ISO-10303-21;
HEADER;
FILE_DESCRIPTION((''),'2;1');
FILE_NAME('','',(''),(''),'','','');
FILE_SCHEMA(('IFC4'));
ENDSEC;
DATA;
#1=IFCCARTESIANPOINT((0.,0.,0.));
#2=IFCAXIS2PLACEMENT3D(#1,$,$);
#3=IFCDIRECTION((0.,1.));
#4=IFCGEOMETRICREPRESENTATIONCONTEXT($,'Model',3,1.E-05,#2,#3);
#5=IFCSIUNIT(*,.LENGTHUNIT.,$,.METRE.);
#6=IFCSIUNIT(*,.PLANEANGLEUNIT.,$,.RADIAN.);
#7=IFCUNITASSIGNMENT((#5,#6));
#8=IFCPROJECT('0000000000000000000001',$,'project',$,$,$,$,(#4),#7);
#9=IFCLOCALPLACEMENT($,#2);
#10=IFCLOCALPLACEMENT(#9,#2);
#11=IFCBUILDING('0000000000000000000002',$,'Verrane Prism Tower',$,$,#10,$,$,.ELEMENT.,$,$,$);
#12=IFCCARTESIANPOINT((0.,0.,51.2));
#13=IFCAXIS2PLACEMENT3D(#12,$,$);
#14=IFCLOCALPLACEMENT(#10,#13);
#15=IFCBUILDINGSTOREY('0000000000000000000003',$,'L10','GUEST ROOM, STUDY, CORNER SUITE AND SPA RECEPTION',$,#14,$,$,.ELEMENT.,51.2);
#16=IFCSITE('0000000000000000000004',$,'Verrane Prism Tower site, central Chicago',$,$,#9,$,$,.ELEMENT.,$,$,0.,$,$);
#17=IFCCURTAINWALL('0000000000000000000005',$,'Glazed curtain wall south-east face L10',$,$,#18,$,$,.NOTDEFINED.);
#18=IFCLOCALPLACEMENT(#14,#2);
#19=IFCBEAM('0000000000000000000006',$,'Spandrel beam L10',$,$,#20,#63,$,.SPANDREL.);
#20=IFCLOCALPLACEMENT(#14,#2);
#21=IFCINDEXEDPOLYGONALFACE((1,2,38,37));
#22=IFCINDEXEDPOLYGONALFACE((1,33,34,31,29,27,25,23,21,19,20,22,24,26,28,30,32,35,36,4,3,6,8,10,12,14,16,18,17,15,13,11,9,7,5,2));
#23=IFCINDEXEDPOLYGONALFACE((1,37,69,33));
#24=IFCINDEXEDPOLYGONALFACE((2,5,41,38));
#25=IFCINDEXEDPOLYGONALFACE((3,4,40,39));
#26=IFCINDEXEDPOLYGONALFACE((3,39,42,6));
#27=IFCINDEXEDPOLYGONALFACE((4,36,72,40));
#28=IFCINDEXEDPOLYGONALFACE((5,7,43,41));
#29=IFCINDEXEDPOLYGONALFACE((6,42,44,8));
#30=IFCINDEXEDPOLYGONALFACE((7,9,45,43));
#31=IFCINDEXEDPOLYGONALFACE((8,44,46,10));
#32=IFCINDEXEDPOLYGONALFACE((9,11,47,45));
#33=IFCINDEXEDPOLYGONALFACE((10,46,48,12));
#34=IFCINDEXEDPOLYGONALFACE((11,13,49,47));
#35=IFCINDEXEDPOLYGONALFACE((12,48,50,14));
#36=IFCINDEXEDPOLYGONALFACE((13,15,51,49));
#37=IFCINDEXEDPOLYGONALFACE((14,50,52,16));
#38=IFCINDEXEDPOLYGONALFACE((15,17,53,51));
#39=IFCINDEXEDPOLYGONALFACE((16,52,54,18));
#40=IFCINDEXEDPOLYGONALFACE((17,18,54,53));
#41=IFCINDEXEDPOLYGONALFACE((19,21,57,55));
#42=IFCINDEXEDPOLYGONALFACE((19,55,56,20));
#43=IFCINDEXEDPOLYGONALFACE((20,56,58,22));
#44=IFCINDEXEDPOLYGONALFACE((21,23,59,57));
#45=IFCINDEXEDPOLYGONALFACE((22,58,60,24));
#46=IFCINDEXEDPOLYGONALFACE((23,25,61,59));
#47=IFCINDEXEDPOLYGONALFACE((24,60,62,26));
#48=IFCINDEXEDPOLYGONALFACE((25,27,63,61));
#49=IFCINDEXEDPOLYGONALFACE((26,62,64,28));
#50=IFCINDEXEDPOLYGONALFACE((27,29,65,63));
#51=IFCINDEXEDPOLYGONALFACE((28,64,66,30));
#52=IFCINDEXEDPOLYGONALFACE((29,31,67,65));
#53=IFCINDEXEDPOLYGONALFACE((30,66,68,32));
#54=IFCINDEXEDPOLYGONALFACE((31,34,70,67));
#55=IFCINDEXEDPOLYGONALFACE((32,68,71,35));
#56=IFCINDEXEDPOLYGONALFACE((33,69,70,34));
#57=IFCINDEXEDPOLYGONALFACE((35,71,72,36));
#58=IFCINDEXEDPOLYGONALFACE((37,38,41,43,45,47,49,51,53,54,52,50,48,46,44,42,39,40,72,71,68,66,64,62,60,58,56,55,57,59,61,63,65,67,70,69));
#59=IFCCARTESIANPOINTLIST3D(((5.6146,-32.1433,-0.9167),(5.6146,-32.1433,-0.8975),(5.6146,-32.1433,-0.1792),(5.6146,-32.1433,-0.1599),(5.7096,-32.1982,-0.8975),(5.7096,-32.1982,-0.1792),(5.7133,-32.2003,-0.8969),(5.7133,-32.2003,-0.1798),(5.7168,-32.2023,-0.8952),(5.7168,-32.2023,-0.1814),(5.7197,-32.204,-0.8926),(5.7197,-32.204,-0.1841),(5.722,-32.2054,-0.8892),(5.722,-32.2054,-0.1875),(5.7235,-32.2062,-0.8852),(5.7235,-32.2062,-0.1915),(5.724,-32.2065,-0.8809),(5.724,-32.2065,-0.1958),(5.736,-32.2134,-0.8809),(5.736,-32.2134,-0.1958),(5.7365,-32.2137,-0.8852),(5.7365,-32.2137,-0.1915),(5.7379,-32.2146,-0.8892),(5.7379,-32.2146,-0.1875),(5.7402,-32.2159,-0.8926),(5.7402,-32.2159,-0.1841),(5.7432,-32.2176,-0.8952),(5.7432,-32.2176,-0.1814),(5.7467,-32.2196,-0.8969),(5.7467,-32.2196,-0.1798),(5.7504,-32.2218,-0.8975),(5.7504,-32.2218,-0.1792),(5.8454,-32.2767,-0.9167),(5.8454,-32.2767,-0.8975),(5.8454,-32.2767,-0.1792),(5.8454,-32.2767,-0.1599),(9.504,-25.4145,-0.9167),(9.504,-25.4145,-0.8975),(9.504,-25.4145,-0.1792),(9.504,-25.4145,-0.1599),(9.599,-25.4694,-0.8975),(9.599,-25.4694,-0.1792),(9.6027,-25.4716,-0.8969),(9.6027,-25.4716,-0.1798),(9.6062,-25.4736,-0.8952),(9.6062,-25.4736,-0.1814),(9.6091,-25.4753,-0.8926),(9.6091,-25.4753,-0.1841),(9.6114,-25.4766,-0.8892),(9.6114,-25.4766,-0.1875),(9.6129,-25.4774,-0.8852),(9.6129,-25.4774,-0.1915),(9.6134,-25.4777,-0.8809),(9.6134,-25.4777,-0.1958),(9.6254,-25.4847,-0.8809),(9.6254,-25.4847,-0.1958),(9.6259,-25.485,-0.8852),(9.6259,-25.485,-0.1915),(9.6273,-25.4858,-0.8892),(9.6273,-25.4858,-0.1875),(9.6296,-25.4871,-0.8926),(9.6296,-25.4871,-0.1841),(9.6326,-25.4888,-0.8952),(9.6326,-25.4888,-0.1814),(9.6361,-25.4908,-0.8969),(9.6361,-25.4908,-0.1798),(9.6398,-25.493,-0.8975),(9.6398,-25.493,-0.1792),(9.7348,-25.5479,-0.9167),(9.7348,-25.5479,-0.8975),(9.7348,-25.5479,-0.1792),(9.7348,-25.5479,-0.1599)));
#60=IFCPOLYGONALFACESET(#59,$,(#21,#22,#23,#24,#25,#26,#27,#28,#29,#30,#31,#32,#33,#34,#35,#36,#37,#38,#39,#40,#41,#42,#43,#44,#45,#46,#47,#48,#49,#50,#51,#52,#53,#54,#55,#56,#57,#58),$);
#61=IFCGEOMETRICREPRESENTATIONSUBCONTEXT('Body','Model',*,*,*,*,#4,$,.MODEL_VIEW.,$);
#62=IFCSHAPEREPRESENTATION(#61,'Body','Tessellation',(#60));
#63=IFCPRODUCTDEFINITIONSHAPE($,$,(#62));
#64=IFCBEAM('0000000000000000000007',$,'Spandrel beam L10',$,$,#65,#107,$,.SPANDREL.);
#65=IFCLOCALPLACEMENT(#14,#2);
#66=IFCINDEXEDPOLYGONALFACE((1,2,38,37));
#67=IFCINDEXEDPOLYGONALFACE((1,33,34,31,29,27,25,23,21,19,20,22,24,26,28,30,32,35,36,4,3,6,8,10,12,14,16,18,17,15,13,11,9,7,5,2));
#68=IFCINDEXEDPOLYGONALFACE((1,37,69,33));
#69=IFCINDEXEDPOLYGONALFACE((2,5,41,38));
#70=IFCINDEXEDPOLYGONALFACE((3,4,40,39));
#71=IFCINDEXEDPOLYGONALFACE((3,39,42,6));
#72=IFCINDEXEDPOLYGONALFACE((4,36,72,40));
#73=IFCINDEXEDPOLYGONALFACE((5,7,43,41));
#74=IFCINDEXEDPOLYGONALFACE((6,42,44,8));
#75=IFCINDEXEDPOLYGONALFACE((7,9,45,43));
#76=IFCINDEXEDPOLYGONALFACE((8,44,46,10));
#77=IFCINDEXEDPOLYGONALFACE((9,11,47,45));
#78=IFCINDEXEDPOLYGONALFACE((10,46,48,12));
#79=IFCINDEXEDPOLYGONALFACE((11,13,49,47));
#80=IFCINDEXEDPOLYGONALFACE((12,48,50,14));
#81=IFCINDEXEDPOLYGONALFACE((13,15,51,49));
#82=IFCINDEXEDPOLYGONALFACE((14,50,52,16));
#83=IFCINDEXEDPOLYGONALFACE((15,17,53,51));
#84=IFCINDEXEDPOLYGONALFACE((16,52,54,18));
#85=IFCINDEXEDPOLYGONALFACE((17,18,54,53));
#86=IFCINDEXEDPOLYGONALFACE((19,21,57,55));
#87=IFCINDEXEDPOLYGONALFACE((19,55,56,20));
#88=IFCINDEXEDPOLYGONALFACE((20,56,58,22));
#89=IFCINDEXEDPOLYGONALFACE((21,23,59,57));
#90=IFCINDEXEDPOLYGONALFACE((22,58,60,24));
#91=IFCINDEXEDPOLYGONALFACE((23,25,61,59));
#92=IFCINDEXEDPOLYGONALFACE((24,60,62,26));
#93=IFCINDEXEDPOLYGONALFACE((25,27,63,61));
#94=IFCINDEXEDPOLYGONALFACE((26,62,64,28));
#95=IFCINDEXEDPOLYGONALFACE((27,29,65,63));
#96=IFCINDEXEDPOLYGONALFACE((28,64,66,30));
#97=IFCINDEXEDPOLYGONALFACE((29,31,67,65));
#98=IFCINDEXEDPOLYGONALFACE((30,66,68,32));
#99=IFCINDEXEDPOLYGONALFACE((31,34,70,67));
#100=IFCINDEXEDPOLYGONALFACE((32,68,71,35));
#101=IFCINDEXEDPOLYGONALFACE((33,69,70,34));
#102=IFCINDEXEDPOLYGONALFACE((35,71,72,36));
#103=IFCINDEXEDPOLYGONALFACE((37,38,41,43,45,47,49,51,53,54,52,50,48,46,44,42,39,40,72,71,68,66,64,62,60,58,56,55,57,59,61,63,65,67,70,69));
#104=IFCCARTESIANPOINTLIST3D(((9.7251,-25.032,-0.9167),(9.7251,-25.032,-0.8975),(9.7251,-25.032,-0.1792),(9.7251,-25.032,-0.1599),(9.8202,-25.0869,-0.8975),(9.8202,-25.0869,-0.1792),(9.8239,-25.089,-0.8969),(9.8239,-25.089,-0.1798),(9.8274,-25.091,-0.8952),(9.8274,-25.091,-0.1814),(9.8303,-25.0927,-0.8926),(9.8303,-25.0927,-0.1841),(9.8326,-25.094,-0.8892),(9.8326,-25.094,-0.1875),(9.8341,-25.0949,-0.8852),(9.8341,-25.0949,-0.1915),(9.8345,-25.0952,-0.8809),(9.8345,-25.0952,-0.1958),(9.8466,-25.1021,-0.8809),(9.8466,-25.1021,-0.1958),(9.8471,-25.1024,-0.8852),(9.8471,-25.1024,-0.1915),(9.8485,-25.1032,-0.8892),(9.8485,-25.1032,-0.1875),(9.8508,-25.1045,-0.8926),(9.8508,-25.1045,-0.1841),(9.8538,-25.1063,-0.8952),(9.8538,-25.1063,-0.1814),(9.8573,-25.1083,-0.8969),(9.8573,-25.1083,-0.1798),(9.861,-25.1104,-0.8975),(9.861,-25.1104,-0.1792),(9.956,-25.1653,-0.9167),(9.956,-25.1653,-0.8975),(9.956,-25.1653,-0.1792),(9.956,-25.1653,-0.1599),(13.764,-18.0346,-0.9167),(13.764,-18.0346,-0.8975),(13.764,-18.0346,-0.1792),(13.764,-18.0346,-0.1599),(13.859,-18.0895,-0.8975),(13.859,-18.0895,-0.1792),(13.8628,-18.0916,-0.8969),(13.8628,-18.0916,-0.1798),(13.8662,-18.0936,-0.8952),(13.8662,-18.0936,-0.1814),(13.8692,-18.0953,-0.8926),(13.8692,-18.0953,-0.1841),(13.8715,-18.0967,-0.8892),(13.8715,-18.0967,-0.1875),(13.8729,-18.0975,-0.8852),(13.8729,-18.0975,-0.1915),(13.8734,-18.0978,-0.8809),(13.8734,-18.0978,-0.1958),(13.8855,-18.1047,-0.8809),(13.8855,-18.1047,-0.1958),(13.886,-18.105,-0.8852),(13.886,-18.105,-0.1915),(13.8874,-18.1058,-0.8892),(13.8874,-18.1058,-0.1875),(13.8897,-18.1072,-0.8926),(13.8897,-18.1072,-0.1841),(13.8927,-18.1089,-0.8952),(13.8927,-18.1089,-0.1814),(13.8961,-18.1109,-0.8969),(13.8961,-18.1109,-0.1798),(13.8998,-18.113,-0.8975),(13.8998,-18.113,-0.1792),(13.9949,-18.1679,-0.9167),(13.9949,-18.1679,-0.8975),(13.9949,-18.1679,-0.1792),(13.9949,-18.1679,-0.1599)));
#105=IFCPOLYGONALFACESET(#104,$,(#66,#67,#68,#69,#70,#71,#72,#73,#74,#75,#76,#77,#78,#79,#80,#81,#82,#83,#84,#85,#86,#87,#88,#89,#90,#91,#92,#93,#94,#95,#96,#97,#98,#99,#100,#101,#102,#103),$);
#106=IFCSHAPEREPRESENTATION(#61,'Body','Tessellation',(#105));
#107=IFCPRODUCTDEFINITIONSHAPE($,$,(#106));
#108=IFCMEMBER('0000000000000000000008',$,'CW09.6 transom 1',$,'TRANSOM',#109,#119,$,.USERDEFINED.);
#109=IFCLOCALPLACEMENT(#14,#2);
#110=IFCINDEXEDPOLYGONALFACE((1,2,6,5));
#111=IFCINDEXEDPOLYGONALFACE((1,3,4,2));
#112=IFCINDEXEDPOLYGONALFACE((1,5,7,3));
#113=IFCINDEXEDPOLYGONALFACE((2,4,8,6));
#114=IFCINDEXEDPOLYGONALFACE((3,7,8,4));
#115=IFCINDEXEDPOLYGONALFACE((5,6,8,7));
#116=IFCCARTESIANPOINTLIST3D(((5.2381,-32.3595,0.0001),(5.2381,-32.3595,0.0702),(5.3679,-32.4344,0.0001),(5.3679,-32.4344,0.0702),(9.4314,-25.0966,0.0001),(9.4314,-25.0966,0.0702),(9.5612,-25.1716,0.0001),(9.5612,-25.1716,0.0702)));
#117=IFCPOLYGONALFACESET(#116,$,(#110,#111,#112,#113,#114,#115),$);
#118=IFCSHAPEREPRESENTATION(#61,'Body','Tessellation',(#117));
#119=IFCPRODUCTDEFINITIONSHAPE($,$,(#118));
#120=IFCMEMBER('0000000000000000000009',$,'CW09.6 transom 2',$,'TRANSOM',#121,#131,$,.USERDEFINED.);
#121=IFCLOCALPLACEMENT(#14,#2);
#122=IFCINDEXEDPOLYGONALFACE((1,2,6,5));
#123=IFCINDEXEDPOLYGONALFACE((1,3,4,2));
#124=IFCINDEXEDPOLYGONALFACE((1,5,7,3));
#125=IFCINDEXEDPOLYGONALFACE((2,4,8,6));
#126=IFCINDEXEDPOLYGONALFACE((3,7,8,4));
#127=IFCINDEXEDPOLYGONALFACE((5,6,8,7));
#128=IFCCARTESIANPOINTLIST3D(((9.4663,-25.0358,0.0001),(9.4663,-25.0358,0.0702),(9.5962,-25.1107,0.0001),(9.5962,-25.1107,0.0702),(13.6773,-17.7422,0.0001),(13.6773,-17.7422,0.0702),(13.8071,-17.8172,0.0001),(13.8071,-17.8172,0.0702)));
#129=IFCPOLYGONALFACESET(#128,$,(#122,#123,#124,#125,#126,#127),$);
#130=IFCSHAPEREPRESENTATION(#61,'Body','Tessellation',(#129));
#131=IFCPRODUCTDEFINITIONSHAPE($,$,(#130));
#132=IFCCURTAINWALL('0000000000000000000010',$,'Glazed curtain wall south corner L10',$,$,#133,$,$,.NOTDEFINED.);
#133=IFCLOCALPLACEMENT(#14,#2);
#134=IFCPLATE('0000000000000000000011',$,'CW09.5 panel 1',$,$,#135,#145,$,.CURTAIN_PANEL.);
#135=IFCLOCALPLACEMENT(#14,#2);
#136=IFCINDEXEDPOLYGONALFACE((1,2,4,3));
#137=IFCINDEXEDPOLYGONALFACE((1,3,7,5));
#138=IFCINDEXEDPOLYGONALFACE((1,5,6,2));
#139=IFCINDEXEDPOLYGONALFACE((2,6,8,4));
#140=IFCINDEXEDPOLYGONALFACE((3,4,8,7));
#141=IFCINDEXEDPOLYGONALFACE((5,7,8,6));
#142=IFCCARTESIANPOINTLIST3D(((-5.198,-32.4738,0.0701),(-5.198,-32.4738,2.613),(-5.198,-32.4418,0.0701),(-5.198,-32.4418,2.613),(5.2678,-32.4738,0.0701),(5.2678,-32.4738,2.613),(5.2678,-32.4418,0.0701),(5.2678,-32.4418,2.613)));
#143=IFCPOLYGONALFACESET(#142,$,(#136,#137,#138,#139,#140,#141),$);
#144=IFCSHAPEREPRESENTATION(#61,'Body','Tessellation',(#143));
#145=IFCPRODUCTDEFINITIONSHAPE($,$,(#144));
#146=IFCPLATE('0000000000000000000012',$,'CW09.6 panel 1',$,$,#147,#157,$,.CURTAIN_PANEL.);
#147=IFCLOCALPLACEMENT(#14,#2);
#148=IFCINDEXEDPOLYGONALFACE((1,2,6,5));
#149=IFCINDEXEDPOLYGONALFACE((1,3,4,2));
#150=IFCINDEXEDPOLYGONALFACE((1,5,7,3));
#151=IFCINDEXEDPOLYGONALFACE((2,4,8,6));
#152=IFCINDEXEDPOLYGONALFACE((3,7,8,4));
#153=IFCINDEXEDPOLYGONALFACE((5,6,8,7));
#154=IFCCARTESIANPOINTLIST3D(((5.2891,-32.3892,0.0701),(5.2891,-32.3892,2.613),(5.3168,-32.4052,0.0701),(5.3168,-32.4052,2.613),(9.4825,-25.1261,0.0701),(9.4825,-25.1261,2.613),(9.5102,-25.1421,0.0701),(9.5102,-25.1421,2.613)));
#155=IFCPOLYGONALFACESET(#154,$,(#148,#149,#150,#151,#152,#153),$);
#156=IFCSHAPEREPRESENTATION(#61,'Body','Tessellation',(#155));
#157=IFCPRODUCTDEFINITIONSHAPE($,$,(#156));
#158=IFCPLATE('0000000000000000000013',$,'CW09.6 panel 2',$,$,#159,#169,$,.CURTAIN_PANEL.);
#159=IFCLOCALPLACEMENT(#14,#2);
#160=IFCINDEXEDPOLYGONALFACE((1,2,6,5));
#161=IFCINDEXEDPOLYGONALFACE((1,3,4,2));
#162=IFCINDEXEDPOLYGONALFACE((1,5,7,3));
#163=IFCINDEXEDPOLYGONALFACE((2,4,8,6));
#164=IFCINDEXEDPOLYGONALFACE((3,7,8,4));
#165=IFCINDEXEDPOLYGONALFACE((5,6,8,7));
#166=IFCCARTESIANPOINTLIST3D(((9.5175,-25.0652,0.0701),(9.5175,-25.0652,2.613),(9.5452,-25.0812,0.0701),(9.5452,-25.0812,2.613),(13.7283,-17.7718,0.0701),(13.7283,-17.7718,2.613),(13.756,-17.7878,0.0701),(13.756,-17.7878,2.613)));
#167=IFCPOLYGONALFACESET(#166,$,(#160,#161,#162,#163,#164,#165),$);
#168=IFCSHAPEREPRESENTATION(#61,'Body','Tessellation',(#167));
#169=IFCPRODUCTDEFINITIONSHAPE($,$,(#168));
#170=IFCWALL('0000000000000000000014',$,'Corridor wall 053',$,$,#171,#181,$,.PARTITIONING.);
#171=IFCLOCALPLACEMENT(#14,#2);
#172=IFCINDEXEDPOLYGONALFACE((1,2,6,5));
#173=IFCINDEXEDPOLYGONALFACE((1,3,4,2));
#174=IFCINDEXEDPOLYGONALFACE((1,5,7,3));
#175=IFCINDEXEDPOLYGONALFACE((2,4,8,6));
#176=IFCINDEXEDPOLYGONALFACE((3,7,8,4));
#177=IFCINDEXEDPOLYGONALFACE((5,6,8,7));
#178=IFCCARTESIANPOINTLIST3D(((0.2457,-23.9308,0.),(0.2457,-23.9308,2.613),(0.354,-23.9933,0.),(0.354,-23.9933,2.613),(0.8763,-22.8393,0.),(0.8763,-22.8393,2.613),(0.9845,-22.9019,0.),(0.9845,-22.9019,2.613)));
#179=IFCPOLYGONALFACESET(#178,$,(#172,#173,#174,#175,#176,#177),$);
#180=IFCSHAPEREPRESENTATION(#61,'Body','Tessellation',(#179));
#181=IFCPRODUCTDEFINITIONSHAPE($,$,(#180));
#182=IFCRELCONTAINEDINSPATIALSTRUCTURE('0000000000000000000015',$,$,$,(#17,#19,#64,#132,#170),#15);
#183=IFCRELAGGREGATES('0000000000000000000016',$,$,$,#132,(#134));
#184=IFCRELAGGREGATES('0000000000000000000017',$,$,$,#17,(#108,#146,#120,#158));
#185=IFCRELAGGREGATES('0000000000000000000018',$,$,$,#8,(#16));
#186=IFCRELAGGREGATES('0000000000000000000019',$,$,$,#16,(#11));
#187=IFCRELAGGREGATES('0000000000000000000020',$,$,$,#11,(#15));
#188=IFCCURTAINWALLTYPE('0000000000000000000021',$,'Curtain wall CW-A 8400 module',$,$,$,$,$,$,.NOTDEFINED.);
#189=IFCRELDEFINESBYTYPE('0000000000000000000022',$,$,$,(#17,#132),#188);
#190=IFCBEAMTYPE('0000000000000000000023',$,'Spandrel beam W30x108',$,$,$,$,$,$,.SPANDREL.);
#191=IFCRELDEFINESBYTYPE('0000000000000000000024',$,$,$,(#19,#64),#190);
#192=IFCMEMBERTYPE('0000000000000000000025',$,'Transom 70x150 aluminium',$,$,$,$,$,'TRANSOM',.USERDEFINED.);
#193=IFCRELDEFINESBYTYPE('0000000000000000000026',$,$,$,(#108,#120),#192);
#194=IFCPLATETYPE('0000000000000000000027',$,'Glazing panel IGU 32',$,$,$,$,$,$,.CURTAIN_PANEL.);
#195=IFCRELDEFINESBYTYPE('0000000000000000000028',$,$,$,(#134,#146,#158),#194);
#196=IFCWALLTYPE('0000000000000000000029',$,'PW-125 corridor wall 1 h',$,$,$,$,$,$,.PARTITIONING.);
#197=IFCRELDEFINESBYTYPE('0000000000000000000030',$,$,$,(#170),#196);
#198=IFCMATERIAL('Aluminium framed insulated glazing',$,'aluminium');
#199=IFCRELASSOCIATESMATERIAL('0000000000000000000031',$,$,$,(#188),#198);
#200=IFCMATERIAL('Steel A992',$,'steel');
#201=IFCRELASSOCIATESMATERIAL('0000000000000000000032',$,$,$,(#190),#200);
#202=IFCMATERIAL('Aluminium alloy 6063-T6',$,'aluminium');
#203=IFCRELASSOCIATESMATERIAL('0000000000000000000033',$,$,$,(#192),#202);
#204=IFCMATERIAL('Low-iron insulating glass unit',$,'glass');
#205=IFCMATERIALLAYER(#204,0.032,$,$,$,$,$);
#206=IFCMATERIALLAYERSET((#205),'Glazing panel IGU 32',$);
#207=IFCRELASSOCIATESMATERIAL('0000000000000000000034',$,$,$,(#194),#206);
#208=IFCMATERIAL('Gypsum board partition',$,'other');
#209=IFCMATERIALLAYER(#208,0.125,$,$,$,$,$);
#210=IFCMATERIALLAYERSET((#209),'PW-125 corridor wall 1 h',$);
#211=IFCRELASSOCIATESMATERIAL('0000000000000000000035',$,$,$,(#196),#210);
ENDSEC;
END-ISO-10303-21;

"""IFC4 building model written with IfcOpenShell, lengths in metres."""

from ifc_helpers import new_model, si_unit, direction, frame, frame_2d, origin, origin_2d, place, context, subcontext, project, spatial, rectangle, i_section, extrude, material, layer, layer_set, material_profile, profile_set, type_object, element, aggregate, save


model = new_model("IFC4")

# Units and contexts
model_context = context("Model", 3, precision=1e-05, world=origin(), true_north=direction((0.0, 1.0)))
body_context = subcontext(model_context, "Body", "Model", "MODEL_VIEW")
ifc_project = project(units=[si_unit("LENGTHUNIT", "METRE"), si_unit("PLANEANGLEUNIT", "RADIAN")], contexts=[model_context])

# Site, building, storey
site_placement = place(None, origin())
site = spatial("IfcSite", under=ifc_project, at=site_placement, Name="Verrane Prism Tower site, central Chicago", CompositionType="ELEMENT", RefElevation=0.0)
building_placement = place(site_placement, origin())
building = spatial("IfcBuilding", under=site, at=building_placement, Name="Verrane Prism Tower", CompositionType="ELEMENT")
storey_placement = place(building_placement, frame((0.0, 0.0, 51.2)))
storey = spatial("IfcBuildingStorey", under=building, at=storey_placement, Name="L10", Description="GUEST ROOM, STUDY, CORNER SUITE AND SPA RECEPTION", CompositionType="ELEMENT", Elevation=51.2)

# Curtain wall
ifc_material_1 = material(Name="Aluminium framed insulated glazing", Category="aluminium")
curtain_wall_type = type_object("IfcCurtainWallType", Name="Curtain wall CW-A 8400 module", PredefinedType="NOTDEFINED", material=ifc_material_1)
curtain_wall_1_placement = place(storey_placement, origin())
curtain_wall_1 = element("IfcCurtainWall", 1, at=curtain_wall_1_placement, inside=storey, type_object=curtain_wall_type, Name="Glazed curtain wall south-east face L10", PredefinedType="NOTDEFINED")

# Beams
ifc_material_2 = material(Name="Steel A992", Category="steel")
ifc_material_profile_1 = material_profile(ifc_material_2, i_section(OverallWidth=0.2666, OverallDepth=0.7568, WebThickness=0.0139, FlangeThickness=0.0193, FilletRadius=0.0166, at=origin_2d()), Name="W30x108")
ifc_profile_set_1 = profile_set([ifc_material_profile_1], Name="Steel A992")
beam_type_1 = type_object("IfcBeamType", Name="Spandrel beam W30x108", PredefinedType="SPANDREL", material=ifc_profile_set_1)
beam_1_placement = place(storey_placement, frame((5.73, -32.21, -0.5383), z_axis=(0.500439, 0.865772, 0.0), x_axis=(-0.865772, 0.500439, 0.0)))
element("IfcBeam", 2, at=beam_1_placement, inside=storey, type_object=beam_type_1, Name="Spandrel beam L10", PredefinedType="SPANDREL", context=body_context, shape_type="SweptSolid", body=[
    extrude(i_section(OverallWidth=0.2666, OverallDepth=0.7568, WebThickness=0.0139, FlangeThickness=0.0193, FilletRadius=0.0166, at=origin_2d()), origin(), (0.0, 0.0, 1.0), 7.772),
])
beam_2_placement = place(storey_placement, frame((9.8406, -25.0986, -0.5383), z_axis=(0.499899, 0.866083, 0.0), x_axis=(-0.866083, 0.499899, 0.0)))
element("IfcBeam", 3, at=beam_2_placement, inside=storey, type_object=beam_type_1, Name="Spandrel beam L10", PredefinedType="SPANDREL", context=body_context, shape_type="SweptSolid", body=[
    extrude(i_section(OverallWidth=0.2666, OverallDepth=0.7568, WebThickness=0.0139, FlangeThickness=0.0193, FilletRadius=0.0166, at=origin_2d()), origin(), (0.0, 0.0, 1.0), 8.0793),
])

# Members
ifc_material_3 = material(Name="Aluminium alloy 6063-T6", Category="aluminium")
ifc_material_profile_2 = material_profile(ifc_material_3, rectangle(XDim=0.1499, YDim=0.0701, at=origin_2d()), Name="Transom 70x150 aluminium")
ifc_profile_set_2 = profile_set([ifc_material_profile_2], Name="Aluminium alloy 6063-T6")
member_type_1 = type_object("IfcMemberType", Name="Transom 70x150 aluminium", ElementType="TRANSOM", PredefinedType="USERDEFINED", material=ifc_profile_set_2)
member_1_placement = place(storey_placement, frame((5.303, -32.397, 0.0352), z_axis=(0.500009, 0.86602, 0.0), x_axis=(-0.86602, 0.500009, 0.0)))
member_1 = element("IfcMember", 4, at=member_1_placement, type_object=member_type_1, Name="CW09.6 transom 1", ObjectType="TRANSOM", PredefinedType="USERDEFINED", context=body_context, shape_type="SweptSolid", body=[
    extrude(rectangle(XDim=0.1499, YDim=0.0701, at=origin_2d()), origin(), (0.0, 0.0, 1.0), 8.3865),
])
member_2_placement = place(storey_placement, frame((9.5312, -25.0732, 0.0352), z_axis=(0.500005, 0.866022, 0.0), x_axis=(-0.866022, 0.500005, 0.0)))
member_2 = element("IfcMember", 5, at=member_2_placement, type_object=member_type_1, Name="CW09.6 transom 2", ObjectType="TRANSOM", PredefinedType="USERDEFINED", context=body_context, shape_type="SweptSolid", body=[
    extrude(rectangle(XDim=0.1499, YDim=0.0701, at=origin_2d()), origin(), (0.0, 0.0, 1.0), 8.4219),
])

# Curtain wall, plate
curtain_wall_2_placement = place(storey_placement, origin())
curtain_wall_2 = element("IfcCurtainWall", 6, at=curtain_wall_2_placement, inside=storey, type_object=curtain_wall_type, Name="Glazed curtain wall south corner L10", PredefinedType="NOTDEFINED")
ifc_material_4 = material(Name="Low-iron insulating glass unit", Category="glass")
ifc_layer_1 = layer(ifc_material_4, 0.032)
ifc_layer_set_1 = layer_set([ifc_layer_1], Name="Glazing panel IGU 32")
plate_type = type_object("IfcPlateType", Name="Glazing panel IGU 32", PredefinedType="CURTAIN_PANEL", material=ifc_layer_set_1)
plate_1_placement = place(storey_placement, frame((0.0349, -32.4578, 0.0701), z_axis=(0.0, 0.0, 1.0), x_axis=(1.0, 0.0, 0.0)))
plate_1 = element("IfcPlate", 7, at=plate_1_placement, type_object=plate_type, Name="CW09.5 panel 1", PredefinedType="CURTAIN_PANEL", context=body_context, shape_type="SweptSolid", body=[
    extrude(rectangle(XDim=10.4658, YDim=0.032, at=origin_2d()), origin(), (0.0, 0.0, 1.0), 2.543),
])
aggregate(curtain_wall_2, [plate_1])

# Plates
plate_2_placement = place(storey_placement, frame((7.3997, -28.7656, 0.0701), z_axis=(0.0, 0.0, 1.0), x_axis=(0.499999, 0.866026, 0.0)))
plate_2 = element("IfcPlate", 8, at=plate_2_placement, type_object=plate_type, Name="CW09.6 panel 1", PredefinedType="CURTAIN_PANEL", context=body_context, shape_type="SweptSolid", body=[
    extrude(rectangle(XDim=8.3867, YDim=0.032, at=origin_2d()), origin(), (0.0, 0.0, 1.0), 2.543),
])
plate_3_placement = place(storey_placement, frame((11.6367, -21.4265, 0.0701), z_axis=(0.0, 0.0, 1.0), x_axis=(0.499999, 0.866026, 0.0)))
plate_3 = element("IfcPlate", 9, at=plate_3_placement, type_object=plate_type, Name="CW09.6 panel 2", PredefinedType="CURTAIN_PANEL", context=body_context, shape_type="SweptSolid", body=[
    extrude(rectangle(XDim=8.4216, YDim=0.032, at=origin_2d()), origin(), (0.0, 0.0, 1.0), 2.543),
])
aggregate(curtain_wall_1, [member_1, plate_2, member_2, plate_3])

# Wall
ifc_material_5 = material(Name="Gypsum board partition", Category="other")
ifc_layer_2 = layer(ifc_material_5, 0.125)
ifc_layer_set_2 = layer_set([ifc_layer_2], Name="PW-125 corridor wall 1 h")
wall_type_1 = type_object("IfcWallType", Name="PW-125 corridor wall 1 h", PredefinedType="PARTITIONING", material=ifc_layer_set_2)
wall_1_placement = place(storey_placement, frame((0.2998, -23.9622, 0.0), z_axis=(0.0, 0.0, 1.0), x_axis=(0.500242, 0.865886, 0.0)))
element("IfcWall", 10, at=wall_1_placement, inside=storey, type_object=wall_type_1, Name="Corridor wall 053", PredefinedType="PARTITIONING", context=body_context, shape_type="SweptSolid", body=[
    extrude(rectangle(XDim=1.2605, YDim=0.125, at=frame_2d((0.6304, 0.0))), origin(), (0.0, 0.0, 1.0), 2.613),
])

save(model, "model.ifc")
